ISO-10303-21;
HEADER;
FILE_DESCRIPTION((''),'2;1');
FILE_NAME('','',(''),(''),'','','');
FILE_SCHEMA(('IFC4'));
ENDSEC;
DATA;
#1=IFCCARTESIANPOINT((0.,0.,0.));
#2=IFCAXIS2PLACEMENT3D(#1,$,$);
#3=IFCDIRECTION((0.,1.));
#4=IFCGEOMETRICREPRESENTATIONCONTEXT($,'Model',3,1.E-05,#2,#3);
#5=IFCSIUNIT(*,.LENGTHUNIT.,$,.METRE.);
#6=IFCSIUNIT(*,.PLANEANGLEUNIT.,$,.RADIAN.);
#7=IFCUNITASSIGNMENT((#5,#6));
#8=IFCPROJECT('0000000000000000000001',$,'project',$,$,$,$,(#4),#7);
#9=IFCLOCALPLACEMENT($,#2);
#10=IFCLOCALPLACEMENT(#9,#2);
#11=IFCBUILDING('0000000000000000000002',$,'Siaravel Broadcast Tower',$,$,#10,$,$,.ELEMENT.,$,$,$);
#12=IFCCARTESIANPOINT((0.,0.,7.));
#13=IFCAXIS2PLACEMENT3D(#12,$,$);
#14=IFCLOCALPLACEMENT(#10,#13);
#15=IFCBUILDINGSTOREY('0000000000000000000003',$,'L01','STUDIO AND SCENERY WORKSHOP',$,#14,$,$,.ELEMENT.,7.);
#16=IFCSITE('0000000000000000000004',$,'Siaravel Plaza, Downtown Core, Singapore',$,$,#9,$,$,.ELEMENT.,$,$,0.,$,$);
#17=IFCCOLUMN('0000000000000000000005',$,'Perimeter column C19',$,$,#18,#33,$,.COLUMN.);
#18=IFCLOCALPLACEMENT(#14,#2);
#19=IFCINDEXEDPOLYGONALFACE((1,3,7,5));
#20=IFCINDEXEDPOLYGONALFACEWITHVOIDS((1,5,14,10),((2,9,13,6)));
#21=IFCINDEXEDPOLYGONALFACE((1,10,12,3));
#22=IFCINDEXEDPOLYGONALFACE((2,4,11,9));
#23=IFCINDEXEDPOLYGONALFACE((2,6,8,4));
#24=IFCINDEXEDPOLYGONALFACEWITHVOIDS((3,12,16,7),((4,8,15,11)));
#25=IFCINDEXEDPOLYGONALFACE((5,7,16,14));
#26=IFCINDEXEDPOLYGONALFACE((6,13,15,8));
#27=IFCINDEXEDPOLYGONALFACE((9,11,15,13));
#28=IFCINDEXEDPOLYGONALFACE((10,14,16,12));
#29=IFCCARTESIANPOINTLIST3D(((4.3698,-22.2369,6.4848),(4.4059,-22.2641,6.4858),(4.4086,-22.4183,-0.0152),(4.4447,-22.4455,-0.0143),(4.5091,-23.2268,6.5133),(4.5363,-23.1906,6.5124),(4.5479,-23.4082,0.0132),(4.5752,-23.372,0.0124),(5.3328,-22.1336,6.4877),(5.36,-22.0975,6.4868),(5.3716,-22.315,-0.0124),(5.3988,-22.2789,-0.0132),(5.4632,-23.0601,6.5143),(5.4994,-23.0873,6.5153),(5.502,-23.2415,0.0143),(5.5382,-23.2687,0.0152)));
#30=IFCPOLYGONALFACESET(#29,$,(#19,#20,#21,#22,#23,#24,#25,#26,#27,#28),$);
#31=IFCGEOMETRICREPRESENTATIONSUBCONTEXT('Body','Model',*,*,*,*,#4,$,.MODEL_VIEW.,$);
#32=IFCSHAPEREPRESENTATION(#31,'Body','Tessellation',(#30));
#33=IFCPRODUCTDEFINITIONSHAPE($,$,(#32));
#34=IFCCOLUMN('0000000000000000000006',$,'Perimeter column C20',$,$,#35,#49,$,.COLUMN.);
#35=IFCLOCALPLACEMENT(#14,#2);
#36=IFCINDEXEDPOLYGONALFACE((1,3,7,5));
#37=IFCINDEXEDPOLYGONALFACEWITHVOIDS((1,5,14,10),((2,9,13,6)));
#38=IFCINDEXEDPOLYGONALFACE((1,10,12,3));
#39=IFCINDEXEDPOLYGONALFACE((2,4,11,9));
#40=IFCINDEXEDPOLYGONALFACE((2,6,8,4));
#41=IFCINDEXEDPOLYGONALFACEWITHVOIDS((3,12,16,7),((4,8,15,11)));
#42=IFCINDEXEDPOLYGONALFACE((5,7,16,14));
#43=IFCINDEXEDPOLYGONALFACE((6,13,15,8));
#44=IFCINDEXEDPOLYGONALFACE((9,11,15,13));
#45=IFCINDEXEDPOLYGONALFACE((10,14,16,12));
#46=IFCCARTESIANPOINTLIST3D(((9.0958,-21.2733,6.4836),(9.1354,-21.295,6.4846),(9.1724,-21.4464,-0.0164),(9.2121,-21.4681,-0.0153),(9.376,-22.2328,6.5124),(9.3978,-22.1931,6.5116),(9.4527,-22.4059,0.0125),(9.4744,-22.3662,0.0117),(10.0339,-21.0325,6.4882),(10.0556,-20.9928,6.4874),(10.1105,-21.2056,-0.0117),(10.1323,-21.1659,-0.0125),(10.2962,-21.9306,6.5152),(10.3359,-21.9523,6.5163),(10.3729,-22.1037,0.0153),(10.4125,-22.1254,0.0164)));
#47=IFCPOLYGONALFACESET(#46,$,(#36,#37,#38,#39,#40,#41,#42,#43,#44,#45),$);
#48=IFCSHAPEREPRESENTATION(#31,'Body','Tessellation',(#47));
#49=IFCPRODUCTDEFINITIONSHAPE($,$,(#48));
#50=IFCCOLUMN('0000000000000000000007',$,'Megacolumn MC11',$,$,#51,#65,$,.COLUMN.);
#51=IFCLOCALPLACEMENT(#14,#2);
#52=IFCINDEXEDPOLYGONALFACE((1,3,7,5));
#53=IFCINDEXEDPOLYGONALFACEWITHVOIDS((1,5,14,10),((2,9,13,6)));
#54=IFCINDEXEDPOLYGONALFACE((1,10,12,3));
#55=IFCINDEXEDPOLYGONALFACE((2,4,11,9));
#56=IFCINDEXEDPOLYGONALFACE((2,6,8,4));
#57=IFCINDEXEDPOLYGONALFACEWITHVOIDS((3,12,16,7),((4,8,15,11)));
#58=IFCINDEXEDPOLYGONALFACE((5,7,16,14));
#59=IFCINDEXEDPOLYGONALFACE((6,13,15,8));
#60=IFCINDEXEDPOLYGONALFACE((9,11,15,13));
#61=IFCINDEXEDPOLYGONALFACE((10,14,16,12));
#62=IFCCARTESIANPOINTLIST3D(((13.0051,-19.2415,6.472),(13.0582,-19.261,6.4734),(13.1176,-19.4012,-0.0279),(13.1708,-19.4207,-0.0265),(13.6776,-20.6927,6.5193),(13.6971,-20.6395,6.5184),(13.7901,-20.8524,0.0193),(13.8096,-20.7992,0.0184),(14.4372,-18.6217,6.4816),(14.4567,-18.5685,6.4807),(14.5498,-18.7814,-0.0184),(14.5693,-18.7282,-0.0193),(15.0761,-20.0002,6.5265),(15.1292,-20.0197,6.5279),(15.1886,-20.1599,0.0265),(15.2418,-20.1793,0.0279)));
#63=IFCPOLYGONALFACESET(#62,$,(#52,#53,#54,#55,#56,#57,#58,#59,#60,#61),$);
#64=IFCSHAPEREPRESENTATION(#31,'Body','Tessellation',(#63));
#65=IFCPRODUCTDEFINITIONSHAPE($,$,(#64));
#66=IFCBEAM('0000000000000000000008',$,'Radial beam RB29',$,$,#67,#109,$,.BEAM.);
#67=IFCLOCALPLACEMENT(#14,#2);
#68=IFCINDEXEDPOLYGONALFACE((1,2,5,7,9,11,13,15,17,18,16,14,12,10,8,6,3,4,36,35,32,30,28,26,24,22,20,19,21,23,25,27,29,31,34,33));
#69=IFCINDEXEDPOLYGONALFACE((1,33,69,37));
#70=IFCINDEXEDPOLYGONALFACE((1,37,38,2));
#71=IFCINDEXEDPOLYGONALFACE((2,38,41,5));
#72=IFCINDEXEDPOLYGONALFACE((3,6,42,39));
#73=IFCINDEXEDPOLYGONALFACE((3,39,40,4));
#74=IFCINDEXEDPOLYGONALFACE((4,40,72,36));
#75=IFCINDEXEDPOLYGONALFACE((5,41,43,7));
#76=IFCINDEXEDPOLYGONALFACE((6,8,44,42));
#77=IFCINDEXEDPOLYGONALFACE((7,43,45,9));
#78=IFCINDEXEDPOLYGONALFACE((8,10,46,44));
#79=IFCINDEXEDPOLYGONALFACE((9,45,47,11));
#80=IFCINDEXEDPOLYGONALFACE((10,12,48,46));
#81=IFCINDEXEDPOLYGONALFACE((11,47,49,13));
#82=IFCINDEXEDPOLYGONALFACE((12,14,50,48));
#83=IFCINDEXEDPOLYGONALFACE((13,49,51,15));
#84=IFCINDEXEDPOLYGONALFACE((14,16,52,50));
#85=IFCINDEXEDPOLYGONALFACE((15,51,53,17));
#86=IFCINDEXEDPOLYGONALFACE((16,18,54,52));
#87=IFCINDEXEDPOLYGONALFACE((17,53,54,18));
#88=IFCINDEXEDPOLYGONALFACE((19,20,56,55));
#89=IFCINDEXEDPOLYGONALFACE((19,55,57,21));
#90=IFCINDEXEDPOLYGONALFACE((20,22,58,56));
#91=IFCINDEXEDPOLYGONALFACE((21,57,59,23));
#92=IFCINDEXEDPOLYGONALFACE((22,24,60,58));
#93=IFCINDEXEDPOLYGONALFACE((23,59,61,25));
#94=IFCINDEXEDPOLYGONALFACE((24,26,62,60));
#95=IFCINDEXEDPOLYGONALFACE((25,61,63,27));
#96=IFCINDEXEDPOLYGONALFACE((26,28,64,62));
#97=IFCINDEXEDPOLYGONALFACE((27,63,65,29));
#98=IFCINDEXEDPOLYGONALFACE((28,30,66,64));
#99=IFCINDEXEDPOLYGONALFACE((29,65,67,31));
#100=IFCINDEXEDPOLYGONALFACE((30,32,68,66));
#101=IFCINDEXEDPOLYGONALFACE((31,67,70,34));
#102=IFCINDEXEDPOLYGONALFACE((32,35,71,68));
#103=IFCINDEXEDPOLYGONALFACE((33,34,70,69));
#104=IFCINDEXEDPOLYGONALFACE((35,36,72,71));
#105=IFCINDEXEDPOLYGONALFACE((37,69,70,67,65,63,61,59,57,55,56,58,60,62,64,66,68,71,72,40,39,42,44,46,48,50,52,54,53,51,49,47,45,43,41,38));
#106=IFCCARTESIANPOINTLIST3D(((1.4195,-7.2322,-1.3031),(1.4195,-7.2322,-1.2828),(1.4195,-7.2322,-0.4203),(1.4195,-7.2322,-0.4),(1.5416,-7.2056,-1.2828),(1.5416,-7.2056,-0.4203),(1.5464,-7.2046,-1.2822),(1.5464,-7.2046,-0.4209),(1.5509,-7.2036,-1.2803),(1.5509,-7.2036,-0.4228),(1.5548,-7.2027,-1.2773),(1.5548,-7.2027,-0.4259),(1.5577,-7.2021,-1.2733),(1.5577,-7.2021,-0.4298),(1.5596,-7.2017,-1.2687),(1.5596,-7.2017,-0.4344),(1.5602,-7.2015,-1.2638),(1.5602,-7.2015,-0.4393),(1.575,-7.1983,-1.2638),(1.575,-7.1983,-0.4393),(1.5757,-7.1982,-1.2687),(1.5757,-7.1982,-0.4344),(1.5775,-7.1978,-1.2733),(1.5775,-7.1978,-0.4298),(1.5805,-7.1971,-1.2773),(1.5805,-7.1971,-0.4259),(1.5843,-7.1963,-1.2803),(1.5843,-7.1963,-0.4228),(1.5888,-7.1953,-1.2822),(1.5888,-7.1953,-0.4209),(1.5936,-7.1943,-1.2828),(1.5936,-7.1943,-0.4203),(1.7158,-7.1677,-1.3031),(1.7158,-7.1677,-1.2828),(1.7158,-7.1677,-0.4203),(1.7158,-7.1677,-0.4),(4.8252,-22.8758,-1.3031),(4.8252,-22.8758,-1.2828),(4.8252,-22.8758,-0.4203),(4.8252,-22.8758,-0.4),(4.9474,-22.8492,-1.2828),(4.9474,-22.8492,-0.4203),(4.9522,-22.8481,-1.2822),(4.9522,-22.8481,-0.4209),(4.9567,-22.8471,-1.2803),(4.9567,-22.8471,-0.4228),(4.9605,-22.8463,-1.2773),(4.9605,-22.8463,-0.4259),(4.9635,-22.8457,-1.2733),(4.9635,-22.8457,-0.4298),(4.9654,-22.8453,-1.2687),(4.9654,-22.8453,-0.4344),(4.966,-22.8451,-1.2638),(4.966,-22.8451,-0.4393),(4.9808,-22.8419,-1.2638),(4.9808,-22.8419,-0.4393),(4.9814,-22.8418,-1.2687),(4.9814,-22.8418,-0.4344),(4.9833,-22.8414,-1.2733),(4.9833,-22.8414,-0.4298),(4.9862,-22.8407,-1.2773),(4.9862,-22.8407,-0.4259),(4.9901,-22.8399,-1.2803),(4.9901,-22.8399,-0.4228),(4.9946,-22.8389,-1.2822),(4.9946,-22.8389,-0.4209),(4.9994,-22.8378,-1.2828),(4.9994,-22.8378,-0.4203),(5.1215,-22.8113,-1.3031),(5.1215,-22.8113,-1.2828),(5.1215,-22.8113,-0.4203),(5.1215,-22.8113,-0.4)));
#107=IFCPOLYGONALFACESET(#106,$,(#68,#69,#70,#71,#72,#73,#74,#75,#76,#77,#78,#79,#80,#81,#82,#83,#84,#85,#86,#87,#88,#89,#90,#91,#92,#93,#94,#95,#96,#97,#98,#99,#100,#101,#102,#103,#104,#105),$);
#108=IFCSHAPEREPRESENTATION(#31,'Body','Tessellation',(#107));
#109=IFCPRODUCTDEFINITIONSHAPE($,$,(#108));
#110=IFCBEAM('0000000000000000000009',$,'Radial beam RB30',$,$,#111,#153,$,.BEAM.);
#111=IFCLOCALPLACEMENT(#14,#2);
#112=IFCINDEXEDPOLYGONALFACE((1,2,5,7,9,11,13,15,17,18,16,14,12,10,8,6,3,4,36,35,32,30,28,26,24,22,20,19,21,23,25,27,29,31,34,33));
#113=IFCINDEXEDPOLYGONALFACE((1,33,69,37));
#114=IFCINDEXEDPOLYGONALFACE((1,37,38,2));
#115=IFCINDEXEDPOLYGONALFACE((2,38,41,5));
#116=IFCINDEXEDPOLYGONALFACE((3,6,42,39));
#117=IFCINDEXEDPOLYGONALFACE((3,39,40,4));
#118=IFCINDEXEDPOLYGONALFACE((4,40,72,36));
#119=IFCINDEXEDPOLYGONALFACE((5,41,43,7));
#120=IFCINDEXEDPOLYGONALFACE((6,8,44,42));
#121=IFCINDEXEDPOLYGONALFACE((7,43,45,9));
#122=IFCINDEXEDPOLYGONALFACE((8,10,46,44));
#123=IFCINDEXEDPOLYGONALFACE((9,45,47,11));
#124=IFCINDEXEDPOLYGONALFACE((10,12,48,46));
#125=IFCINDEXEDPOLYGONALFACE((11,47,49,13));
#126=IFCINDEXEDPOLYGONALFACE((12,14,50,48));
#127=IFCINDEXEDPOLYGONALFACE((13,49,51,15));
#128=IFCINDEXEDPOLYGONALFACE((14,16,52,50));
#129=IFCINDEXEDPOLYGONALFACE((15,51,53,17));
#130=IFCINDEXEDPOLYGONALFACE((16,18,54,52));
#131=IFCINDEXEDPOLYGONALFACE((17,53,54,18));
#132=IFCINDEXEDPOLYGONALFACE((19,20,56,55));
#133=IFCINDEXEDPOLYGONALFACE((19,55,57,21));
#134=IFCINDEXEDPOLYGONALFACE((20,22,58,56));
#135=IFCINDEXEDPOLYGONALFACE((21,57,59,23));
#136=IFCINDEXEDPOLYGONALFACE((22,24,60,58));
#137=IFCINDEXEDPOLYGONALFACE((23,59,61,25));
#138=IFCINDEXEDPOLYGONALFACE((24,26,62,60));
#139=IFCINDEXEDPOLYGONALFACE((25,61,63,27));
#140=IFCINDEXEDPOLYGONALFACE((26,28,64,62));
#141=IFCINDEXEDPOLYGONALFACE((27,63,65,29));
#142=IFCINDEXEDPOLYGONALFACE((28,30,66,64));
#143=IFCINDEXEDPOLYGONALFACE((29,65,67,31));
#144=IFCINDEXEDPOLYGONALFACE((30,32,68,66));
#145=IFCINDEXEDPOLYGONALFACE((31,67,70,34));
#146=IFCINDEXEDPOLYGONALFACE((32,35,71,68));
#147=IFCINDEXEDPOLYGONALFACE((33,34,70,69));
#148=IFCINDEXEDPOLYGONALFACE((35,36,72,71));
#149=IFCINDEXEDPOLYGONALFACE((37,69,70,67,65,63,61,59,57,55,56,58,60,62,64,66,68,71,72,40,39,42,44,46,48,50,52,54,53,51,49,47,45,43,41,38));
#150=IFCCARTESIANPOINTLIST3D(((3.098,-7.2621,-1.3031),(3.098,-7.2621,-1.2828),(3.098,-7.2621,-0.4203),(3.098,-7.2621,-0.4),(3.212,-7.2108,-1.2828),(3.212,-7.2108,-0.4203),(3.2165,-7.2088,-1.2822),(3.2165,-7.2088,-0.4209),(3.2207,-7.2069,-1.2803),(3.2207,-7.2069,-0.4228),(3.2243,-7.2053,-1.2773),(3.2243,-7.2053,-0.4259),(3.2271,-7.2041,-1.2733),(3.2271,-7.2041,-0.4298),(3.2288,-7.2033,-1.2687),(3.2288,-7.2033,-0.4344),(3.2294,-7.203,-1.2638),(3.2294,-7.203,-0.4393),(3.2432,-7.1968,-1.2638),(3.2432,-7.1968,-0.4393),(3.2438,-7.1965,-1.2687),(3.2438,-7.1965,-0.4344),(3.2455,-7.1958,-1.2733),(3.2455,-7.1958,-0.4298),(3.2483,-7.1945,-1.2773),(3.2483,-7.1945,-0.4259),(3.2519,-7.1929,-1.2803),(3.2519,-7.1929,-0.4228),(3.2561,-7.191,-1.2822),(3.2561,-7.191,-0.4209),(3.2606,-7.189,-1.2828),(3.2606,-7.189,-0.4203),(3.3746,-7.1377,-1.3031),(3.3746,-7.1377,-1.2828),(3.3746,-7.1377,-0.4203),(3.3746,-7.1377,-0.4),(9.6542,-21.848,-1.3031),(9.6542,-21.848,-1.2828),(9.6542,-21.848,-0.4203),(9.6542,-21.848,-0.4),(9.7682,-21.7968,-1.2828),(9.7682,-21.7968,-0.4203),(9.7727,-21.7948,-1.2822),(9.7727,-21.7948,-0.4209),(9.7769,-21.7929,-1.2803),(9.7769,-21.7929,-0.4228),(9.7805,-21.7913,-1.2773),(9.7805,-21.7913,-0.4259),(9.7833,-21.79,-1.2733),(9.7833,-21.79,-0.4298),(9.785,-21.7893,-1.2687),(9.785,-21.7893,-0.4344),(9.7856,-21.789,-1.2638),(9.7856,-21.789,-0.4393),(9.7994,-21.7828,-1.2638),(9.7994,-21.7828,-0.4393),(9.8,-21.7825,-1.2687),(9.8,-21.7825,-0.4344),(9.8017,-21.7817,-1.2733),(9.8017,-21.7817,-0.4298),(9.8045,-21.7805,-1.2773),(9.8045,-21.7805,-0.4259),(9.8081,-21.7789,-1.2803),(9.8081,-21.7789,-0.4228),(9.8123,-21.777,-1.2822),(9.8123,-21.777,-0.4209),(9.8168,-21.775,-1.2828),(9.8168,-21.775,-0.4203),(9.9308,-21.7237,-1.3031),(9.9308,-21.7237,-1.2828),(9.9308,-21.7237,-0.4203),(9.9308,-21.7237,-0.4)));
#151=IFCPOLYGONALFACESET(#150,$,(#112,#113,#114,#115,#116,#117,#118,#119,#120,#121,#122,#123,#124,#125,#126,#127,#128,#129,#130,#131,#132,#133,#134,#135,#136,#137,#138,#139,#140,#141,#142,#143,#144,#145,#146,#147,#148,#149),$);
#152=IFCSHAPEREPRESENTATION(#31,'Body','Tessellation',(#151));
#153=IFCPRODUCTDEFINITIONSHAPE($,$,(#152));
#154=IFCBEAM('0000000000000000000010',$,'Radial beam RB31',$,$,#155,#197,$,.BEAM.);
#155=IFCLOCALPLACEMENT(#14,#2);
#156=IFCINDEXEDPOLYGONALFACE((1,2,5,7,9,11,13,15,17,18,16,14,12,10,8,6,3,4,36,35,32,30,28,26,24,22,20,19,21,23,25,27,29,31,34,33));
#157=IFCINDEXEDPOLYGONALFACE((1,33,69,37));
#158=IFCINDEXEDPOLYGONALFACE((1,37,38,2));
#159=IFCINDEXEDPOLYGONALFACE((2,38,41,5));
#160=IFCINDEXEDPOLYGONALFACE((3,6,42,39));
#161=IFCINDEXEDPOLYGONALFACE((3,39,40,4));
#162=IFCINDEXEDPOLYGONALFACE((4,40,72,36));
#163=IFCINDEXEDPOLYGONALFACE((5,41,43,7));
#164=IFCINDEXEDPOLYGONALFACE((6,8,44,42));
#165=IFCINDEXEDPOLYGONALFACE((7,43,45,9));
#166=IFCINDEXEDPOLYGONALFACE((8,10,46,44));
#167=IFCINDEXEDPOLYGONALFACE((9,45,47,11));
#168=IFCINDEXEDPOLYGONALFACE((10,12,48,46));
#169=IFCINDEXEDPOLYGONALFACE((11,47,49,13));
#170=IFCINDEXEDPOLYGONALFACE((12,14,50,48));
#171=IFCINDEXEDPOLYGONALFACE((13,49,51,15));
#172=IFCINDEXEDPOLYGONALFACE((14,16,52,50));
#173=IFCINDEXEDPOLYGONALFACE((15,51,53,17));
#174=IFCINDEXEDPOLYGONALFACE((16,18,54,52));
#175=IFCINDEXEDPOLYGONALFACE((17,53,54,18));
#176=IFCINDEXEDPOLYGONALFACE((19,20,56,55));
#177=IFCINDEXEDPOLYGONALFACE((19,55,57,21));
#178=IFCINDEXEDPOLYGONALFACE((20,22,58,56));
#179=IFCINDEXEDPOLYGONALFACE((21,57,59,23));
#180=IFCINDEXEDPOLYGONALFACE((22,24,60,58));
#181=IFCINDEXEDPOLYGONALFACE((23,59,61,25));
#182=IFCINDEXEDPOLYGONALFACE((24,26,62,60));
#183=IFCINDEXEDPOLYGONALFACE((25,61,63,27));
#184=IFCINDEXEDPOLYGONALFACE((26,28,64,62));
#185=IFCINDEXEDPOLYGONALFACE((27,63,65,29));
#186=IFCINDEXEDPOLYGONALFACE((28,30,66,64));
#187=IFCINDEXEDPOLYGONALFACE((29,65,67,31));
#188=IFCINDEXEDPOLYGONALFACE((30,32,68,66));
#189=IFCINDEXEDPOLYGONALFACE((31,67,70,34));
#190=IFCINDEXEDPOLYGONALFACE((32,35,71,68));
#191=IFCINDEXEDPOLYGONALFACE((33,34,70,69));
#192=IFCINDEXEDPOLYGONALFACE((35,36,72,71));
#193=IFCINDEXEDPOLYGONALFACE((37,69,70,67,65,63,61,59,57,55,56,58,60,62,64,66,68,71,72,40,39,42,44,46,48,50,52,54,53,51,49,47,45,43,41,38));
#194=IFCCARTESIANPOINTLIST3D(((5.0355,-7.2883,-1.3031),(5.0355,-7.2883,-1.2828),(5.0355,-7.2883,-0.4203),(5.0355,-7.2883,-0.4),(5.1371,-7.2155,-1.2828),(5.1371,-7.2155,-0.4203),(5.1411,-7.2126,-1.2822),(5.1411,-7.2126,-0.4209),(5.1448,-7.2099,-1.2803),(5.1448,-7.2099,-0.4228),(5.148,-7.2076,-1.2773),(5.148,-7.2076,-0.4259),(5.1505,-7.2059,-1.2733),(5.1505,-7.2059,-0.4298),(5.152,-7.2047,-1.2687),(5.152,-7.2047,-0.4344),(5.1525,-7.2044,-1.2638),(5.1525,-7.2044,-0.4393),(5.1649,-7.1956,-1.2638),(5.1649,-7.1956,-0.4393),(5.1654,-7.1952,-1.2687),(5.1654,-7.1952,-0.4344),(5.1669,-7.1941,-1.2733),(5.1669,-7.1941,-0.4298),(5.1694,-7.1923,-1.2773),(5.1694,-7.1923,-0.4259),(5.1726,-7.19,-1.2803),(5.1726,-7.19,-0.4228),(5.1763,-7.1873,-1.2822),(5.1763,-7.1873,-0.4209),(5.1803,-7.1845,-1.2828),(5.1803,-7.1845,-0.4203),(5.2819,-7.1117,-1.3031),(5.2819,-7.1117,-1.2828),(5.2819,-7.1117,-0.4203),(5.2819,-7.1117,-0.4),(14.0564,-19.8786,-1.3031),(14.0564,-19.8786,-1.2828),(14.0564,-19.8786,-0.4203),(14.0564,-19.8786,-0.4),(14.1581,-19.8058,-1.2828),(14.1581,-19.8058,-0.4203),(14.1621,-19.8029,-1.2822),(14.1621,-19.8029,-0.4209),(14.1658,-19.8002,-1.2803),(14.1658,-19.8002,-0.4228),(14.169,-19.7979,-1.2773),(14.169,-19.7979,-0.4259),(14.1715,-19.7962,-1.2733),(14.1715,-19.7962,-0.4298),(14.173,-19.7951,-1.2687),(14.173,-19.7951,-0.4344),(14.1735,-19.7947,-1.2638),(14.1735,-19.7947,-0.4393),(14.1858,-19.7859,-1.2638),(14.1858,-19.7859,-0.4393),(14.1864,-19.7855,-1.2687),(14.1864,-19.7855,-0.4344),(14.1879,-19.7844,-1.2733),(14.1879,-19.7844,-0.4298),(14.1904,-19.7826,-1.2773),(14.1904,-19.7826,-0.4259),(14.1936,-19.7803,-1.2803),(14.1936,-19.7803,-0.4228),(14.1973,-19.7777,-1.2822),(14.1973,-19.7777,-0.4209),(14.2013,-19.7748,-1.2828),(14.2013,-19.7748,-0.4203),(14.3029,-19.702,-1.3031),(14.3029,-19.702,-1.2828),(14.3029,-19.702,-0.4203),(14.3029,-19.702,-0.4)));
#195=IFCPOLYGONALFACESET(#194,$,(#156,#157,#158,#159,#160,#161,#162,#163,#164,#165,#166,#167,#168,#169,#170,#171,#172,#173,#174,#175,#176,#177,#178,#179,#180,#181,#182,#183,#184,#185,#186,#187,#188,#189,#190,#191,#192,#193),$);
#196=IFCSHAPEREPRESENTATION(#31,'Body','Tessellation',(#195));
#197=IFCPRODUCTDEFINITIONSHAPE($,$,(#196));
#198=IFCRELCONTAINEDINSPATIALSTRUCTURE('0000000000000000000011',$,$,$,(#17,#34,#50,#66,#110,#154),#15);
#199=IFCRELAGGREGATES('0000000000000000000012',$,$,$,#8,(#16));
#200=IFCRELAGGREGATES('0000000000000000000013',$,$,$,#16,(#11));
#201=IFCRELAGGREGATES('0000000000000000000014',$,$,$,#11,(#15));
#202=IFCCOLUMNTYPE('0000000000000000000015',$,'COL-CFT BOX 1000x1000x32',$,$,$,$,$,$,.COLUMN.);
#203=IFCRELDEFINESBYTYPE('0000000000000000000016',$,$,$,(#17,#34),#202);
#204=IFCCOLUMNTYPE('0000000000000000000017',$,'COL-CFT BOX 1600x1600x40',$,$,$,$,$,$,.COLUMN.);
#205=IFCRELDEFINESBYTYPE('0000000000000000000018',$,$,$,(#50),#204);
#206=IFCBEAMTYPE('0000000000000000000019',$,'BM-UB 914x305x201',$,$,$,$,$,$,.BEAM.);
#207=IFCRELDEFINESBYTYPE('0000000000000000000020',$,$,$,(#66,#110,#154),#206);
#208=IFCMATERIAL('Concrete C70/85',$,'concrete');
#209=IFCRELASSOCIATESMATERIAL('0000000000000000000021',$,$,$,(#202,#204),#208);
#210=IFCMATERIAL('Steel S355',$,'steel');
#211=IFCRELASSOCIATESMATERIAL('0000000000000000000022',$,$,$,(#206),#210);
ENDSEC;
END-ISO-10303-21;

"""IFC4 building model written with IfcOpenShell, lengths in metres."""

from ifc_helpers import new_model, si_unit, direction, frame, origin, origin_2d, place, context, subcontext, project, spatial, hollow_rectangle, i_section, extrude, material, material_profile, profile_set, type_object, element, save


model = new_model("IFC4")

# Units and contexts
model_context = context("Model", 3, precision=1e-05, world=origin(), true_north=direction((0.0, 1.0)))
body_context = subcontext(model_context, "Body", "Model", "MODEL_VIEW")
ifc_project = project(units=[si_unit("LENGTHUNIT", "METRE"), si_unit("PLANEANGLEUNIT", "RADIAN")], contexts=[model_context])

# Site, building, storey
site_placement = place(None, origin())
site = spatial("IfcSite", under=ifc_project, at=site_placement, Name="Siaravel Plaza, Downtown Core, Singapore", CompositionType="ELEMENT", RefElevation=0.0)
building_placement = place(site_placement, origin())
building = spatial("IfcBuilding", under=site, at=building_placement, Name="Siaravel Broadcast Tower", CompositionType="ELEMENT")
storey_placement = place(building_placement, frame((0.0, 0.0, 7.0)))
storey = spatial("IfcBuildingStorey", under=building, at=storey_placement, Name="L01", Description="STUDIO AND SCENERY WORKSHOP", CompositionType="ELEMENT", Elevation=7.0)

# Columns
ifc_material_1 = material(Name="Concrete C70/85", Category="concrete")
ifc_material_profile_1 = material_profile(ifc_material_1, hollow_rectangle(XDim=1.0, YDim=1.0, WallThickness=0.032, at=origin_2d()))
ifc_profile_set_1 = profile_set([ifc_material_profile_1], Name="Concrete C70/85")
column_type_1 = type_object("IfcColumnType", Name="COL-CFT BOX 1000x1000x32", PredefinedType="COLUMN", material=ifc_profile_set_1)
for number, where, z_axis, x_axis, name in (
    (1, (4.9734, -22.8435, 0.0), (-0.00597, 0.027896, 0.999593), (-0.990226, -0.13946, -0.002022), "Perimeter column C19"),
    (2, (9.7925, -21.7859, 0.0), (-0.011789, 0.026619, 0.999576), (-0.959854, -0.280474, -0.003851), "Perimeter column C20"),
):
    element("IfcColumn", number, at=place(storey_placement, frame(where, z_axis=z_axis, x_axis=x_axis)), inside=storey, type_object=column_type_1, Name=name, PredefinedType="COLUMN", context=body_context, shape_type="SweptSolid", body=[
        extrude(hollow_rectangle(XDim=1.0, YDim=1.0, WallThickness=0.032, at=origin_2d()), origin(), (0.0, 0.0, 1.0), 6.5027),
    ])
ifc_material_profile_2 = material_profile(ifc_material_1, hollow_rectangle(XDim=1.6001, YDim=1.6001, WallThickness=0.04, at=origin_2d()))
ifc_profile_set_2 = profile_set([ifc_material_profile_2], Name="Concrete C70/85")
column_type_2 = type_object("IfcColumnType", Name="COL-CFT BOX 1600x1600x40", PredefinedType="COLUMN", material=ifc_profile_set_2)
column_placement = place(storey_placement, frame((14.1797, -19.7903, 0.0), z_axis=(-0.017307, 0.024553, 0.999549), x_axis=(-0.907227, -0.420607, -0.005377)))
element("IfcColumn", 3, at=column_placement, inside=storey, type_object=column_type_2, Name="Megacolumn MC11", PredefinedType="COLUMN", context=body_context, shape_type="SweptSolid", body=[
    extrude(hollow_rectangle(XDim=1.6001, YDim=1.6001, WallThickness=0.04, at=origin_2d()), origin(), (0.0, 0.0, 1.0), 6.5029),
])

# Beams
ifc_material_2 = material(Name="Steel S355", Category="steel")
ifc_material_profile_3 = material_profile(ifc_material_2, i_section(OverallWidth=0.3032, OverallDepth=0.9031, WebThickness=0.0151, FlangeThickness=0.0203, FilletRadius=0.019, at=origin_2d()))
ifc_profile_set_3 = profile_set([ifc_material_profile_3], Name="Steel S355")
beam_type = type_object("IfcBeamType", Name="BM-UB 914x305x201", PredefinedType="BEAM", material=ifc_profile_set_3)
beam_1_placement = place(storey_placement, frame((4.9734, -22.8435, -0.8516), z_axis=(-0.212727, 0.977112, 0.0), x_axis=(-0.977112, -0.212727, 0.0)))
element("IfcBeam", 4, at=beam_1_placement, inside=storey, type_object=beam_type, Name="Radial beam RB29", PredefinedType="BEAM", context=body_context, shape_type="SweptSolid", body=[
    extrude(i_section(OverallWidth=0.3032, OverallDepth=0.9031, WebThickness=0.0151, FlangeThickness=0.0203, FilletRadius=0.019, at=origin_2d()), origin(), (0.0, 0.0, 1.0), 16.01),
])
beam_2_placement = place(storey_placement, frame((9.7925, -21.7859, -0.8516), z_axis=(-0.409974, 0.912097, 0.0), x_axis=(-0.912097, -0.409974, 0.0)))
element("IfcBeam", 5, at=beam_2_placement, inside=storey, type_object=beam_type, Name="Radial beam RB30", PredefinedType="BEAM", context=body_context, shape_type="SweptSolid", body=[
    extrude(i_section(OverallWidth=0.3032, OverallDepth=0.9031, WebThickness=0.0151, FlangeThickness=0.0203, FilletRadius=0.019, at=origin_2d()), origin(), (0.0, 0.0, 1.0), 15.9917),
])
beam_3_placement = place(storey_placement, frame((14.1797, -19.7903, -0.8516), z_axis=(-0.58243, 0.812881, 0.0), x_axis=(-0.812881, -0.58243, 0.0)))
element("IfcBeam", 6, at=beam_3_placement, inside=storey, type_object=beam_type, Name="Radial beam RB31", PredefinedType="BEAM", context=body_context, shape_type="SweptSolid", body=[
    extrude(i_section(OverallWidth=0.3032, OverallDepth=0.9031, WebThickness=0.0151, FlangeThickness=0.0203, FilletRadius=0.019, at=origin_2d()), origin(), (0.0, 0.0, 1.0), 15.4885),
])

save(model, "model.ifc")
